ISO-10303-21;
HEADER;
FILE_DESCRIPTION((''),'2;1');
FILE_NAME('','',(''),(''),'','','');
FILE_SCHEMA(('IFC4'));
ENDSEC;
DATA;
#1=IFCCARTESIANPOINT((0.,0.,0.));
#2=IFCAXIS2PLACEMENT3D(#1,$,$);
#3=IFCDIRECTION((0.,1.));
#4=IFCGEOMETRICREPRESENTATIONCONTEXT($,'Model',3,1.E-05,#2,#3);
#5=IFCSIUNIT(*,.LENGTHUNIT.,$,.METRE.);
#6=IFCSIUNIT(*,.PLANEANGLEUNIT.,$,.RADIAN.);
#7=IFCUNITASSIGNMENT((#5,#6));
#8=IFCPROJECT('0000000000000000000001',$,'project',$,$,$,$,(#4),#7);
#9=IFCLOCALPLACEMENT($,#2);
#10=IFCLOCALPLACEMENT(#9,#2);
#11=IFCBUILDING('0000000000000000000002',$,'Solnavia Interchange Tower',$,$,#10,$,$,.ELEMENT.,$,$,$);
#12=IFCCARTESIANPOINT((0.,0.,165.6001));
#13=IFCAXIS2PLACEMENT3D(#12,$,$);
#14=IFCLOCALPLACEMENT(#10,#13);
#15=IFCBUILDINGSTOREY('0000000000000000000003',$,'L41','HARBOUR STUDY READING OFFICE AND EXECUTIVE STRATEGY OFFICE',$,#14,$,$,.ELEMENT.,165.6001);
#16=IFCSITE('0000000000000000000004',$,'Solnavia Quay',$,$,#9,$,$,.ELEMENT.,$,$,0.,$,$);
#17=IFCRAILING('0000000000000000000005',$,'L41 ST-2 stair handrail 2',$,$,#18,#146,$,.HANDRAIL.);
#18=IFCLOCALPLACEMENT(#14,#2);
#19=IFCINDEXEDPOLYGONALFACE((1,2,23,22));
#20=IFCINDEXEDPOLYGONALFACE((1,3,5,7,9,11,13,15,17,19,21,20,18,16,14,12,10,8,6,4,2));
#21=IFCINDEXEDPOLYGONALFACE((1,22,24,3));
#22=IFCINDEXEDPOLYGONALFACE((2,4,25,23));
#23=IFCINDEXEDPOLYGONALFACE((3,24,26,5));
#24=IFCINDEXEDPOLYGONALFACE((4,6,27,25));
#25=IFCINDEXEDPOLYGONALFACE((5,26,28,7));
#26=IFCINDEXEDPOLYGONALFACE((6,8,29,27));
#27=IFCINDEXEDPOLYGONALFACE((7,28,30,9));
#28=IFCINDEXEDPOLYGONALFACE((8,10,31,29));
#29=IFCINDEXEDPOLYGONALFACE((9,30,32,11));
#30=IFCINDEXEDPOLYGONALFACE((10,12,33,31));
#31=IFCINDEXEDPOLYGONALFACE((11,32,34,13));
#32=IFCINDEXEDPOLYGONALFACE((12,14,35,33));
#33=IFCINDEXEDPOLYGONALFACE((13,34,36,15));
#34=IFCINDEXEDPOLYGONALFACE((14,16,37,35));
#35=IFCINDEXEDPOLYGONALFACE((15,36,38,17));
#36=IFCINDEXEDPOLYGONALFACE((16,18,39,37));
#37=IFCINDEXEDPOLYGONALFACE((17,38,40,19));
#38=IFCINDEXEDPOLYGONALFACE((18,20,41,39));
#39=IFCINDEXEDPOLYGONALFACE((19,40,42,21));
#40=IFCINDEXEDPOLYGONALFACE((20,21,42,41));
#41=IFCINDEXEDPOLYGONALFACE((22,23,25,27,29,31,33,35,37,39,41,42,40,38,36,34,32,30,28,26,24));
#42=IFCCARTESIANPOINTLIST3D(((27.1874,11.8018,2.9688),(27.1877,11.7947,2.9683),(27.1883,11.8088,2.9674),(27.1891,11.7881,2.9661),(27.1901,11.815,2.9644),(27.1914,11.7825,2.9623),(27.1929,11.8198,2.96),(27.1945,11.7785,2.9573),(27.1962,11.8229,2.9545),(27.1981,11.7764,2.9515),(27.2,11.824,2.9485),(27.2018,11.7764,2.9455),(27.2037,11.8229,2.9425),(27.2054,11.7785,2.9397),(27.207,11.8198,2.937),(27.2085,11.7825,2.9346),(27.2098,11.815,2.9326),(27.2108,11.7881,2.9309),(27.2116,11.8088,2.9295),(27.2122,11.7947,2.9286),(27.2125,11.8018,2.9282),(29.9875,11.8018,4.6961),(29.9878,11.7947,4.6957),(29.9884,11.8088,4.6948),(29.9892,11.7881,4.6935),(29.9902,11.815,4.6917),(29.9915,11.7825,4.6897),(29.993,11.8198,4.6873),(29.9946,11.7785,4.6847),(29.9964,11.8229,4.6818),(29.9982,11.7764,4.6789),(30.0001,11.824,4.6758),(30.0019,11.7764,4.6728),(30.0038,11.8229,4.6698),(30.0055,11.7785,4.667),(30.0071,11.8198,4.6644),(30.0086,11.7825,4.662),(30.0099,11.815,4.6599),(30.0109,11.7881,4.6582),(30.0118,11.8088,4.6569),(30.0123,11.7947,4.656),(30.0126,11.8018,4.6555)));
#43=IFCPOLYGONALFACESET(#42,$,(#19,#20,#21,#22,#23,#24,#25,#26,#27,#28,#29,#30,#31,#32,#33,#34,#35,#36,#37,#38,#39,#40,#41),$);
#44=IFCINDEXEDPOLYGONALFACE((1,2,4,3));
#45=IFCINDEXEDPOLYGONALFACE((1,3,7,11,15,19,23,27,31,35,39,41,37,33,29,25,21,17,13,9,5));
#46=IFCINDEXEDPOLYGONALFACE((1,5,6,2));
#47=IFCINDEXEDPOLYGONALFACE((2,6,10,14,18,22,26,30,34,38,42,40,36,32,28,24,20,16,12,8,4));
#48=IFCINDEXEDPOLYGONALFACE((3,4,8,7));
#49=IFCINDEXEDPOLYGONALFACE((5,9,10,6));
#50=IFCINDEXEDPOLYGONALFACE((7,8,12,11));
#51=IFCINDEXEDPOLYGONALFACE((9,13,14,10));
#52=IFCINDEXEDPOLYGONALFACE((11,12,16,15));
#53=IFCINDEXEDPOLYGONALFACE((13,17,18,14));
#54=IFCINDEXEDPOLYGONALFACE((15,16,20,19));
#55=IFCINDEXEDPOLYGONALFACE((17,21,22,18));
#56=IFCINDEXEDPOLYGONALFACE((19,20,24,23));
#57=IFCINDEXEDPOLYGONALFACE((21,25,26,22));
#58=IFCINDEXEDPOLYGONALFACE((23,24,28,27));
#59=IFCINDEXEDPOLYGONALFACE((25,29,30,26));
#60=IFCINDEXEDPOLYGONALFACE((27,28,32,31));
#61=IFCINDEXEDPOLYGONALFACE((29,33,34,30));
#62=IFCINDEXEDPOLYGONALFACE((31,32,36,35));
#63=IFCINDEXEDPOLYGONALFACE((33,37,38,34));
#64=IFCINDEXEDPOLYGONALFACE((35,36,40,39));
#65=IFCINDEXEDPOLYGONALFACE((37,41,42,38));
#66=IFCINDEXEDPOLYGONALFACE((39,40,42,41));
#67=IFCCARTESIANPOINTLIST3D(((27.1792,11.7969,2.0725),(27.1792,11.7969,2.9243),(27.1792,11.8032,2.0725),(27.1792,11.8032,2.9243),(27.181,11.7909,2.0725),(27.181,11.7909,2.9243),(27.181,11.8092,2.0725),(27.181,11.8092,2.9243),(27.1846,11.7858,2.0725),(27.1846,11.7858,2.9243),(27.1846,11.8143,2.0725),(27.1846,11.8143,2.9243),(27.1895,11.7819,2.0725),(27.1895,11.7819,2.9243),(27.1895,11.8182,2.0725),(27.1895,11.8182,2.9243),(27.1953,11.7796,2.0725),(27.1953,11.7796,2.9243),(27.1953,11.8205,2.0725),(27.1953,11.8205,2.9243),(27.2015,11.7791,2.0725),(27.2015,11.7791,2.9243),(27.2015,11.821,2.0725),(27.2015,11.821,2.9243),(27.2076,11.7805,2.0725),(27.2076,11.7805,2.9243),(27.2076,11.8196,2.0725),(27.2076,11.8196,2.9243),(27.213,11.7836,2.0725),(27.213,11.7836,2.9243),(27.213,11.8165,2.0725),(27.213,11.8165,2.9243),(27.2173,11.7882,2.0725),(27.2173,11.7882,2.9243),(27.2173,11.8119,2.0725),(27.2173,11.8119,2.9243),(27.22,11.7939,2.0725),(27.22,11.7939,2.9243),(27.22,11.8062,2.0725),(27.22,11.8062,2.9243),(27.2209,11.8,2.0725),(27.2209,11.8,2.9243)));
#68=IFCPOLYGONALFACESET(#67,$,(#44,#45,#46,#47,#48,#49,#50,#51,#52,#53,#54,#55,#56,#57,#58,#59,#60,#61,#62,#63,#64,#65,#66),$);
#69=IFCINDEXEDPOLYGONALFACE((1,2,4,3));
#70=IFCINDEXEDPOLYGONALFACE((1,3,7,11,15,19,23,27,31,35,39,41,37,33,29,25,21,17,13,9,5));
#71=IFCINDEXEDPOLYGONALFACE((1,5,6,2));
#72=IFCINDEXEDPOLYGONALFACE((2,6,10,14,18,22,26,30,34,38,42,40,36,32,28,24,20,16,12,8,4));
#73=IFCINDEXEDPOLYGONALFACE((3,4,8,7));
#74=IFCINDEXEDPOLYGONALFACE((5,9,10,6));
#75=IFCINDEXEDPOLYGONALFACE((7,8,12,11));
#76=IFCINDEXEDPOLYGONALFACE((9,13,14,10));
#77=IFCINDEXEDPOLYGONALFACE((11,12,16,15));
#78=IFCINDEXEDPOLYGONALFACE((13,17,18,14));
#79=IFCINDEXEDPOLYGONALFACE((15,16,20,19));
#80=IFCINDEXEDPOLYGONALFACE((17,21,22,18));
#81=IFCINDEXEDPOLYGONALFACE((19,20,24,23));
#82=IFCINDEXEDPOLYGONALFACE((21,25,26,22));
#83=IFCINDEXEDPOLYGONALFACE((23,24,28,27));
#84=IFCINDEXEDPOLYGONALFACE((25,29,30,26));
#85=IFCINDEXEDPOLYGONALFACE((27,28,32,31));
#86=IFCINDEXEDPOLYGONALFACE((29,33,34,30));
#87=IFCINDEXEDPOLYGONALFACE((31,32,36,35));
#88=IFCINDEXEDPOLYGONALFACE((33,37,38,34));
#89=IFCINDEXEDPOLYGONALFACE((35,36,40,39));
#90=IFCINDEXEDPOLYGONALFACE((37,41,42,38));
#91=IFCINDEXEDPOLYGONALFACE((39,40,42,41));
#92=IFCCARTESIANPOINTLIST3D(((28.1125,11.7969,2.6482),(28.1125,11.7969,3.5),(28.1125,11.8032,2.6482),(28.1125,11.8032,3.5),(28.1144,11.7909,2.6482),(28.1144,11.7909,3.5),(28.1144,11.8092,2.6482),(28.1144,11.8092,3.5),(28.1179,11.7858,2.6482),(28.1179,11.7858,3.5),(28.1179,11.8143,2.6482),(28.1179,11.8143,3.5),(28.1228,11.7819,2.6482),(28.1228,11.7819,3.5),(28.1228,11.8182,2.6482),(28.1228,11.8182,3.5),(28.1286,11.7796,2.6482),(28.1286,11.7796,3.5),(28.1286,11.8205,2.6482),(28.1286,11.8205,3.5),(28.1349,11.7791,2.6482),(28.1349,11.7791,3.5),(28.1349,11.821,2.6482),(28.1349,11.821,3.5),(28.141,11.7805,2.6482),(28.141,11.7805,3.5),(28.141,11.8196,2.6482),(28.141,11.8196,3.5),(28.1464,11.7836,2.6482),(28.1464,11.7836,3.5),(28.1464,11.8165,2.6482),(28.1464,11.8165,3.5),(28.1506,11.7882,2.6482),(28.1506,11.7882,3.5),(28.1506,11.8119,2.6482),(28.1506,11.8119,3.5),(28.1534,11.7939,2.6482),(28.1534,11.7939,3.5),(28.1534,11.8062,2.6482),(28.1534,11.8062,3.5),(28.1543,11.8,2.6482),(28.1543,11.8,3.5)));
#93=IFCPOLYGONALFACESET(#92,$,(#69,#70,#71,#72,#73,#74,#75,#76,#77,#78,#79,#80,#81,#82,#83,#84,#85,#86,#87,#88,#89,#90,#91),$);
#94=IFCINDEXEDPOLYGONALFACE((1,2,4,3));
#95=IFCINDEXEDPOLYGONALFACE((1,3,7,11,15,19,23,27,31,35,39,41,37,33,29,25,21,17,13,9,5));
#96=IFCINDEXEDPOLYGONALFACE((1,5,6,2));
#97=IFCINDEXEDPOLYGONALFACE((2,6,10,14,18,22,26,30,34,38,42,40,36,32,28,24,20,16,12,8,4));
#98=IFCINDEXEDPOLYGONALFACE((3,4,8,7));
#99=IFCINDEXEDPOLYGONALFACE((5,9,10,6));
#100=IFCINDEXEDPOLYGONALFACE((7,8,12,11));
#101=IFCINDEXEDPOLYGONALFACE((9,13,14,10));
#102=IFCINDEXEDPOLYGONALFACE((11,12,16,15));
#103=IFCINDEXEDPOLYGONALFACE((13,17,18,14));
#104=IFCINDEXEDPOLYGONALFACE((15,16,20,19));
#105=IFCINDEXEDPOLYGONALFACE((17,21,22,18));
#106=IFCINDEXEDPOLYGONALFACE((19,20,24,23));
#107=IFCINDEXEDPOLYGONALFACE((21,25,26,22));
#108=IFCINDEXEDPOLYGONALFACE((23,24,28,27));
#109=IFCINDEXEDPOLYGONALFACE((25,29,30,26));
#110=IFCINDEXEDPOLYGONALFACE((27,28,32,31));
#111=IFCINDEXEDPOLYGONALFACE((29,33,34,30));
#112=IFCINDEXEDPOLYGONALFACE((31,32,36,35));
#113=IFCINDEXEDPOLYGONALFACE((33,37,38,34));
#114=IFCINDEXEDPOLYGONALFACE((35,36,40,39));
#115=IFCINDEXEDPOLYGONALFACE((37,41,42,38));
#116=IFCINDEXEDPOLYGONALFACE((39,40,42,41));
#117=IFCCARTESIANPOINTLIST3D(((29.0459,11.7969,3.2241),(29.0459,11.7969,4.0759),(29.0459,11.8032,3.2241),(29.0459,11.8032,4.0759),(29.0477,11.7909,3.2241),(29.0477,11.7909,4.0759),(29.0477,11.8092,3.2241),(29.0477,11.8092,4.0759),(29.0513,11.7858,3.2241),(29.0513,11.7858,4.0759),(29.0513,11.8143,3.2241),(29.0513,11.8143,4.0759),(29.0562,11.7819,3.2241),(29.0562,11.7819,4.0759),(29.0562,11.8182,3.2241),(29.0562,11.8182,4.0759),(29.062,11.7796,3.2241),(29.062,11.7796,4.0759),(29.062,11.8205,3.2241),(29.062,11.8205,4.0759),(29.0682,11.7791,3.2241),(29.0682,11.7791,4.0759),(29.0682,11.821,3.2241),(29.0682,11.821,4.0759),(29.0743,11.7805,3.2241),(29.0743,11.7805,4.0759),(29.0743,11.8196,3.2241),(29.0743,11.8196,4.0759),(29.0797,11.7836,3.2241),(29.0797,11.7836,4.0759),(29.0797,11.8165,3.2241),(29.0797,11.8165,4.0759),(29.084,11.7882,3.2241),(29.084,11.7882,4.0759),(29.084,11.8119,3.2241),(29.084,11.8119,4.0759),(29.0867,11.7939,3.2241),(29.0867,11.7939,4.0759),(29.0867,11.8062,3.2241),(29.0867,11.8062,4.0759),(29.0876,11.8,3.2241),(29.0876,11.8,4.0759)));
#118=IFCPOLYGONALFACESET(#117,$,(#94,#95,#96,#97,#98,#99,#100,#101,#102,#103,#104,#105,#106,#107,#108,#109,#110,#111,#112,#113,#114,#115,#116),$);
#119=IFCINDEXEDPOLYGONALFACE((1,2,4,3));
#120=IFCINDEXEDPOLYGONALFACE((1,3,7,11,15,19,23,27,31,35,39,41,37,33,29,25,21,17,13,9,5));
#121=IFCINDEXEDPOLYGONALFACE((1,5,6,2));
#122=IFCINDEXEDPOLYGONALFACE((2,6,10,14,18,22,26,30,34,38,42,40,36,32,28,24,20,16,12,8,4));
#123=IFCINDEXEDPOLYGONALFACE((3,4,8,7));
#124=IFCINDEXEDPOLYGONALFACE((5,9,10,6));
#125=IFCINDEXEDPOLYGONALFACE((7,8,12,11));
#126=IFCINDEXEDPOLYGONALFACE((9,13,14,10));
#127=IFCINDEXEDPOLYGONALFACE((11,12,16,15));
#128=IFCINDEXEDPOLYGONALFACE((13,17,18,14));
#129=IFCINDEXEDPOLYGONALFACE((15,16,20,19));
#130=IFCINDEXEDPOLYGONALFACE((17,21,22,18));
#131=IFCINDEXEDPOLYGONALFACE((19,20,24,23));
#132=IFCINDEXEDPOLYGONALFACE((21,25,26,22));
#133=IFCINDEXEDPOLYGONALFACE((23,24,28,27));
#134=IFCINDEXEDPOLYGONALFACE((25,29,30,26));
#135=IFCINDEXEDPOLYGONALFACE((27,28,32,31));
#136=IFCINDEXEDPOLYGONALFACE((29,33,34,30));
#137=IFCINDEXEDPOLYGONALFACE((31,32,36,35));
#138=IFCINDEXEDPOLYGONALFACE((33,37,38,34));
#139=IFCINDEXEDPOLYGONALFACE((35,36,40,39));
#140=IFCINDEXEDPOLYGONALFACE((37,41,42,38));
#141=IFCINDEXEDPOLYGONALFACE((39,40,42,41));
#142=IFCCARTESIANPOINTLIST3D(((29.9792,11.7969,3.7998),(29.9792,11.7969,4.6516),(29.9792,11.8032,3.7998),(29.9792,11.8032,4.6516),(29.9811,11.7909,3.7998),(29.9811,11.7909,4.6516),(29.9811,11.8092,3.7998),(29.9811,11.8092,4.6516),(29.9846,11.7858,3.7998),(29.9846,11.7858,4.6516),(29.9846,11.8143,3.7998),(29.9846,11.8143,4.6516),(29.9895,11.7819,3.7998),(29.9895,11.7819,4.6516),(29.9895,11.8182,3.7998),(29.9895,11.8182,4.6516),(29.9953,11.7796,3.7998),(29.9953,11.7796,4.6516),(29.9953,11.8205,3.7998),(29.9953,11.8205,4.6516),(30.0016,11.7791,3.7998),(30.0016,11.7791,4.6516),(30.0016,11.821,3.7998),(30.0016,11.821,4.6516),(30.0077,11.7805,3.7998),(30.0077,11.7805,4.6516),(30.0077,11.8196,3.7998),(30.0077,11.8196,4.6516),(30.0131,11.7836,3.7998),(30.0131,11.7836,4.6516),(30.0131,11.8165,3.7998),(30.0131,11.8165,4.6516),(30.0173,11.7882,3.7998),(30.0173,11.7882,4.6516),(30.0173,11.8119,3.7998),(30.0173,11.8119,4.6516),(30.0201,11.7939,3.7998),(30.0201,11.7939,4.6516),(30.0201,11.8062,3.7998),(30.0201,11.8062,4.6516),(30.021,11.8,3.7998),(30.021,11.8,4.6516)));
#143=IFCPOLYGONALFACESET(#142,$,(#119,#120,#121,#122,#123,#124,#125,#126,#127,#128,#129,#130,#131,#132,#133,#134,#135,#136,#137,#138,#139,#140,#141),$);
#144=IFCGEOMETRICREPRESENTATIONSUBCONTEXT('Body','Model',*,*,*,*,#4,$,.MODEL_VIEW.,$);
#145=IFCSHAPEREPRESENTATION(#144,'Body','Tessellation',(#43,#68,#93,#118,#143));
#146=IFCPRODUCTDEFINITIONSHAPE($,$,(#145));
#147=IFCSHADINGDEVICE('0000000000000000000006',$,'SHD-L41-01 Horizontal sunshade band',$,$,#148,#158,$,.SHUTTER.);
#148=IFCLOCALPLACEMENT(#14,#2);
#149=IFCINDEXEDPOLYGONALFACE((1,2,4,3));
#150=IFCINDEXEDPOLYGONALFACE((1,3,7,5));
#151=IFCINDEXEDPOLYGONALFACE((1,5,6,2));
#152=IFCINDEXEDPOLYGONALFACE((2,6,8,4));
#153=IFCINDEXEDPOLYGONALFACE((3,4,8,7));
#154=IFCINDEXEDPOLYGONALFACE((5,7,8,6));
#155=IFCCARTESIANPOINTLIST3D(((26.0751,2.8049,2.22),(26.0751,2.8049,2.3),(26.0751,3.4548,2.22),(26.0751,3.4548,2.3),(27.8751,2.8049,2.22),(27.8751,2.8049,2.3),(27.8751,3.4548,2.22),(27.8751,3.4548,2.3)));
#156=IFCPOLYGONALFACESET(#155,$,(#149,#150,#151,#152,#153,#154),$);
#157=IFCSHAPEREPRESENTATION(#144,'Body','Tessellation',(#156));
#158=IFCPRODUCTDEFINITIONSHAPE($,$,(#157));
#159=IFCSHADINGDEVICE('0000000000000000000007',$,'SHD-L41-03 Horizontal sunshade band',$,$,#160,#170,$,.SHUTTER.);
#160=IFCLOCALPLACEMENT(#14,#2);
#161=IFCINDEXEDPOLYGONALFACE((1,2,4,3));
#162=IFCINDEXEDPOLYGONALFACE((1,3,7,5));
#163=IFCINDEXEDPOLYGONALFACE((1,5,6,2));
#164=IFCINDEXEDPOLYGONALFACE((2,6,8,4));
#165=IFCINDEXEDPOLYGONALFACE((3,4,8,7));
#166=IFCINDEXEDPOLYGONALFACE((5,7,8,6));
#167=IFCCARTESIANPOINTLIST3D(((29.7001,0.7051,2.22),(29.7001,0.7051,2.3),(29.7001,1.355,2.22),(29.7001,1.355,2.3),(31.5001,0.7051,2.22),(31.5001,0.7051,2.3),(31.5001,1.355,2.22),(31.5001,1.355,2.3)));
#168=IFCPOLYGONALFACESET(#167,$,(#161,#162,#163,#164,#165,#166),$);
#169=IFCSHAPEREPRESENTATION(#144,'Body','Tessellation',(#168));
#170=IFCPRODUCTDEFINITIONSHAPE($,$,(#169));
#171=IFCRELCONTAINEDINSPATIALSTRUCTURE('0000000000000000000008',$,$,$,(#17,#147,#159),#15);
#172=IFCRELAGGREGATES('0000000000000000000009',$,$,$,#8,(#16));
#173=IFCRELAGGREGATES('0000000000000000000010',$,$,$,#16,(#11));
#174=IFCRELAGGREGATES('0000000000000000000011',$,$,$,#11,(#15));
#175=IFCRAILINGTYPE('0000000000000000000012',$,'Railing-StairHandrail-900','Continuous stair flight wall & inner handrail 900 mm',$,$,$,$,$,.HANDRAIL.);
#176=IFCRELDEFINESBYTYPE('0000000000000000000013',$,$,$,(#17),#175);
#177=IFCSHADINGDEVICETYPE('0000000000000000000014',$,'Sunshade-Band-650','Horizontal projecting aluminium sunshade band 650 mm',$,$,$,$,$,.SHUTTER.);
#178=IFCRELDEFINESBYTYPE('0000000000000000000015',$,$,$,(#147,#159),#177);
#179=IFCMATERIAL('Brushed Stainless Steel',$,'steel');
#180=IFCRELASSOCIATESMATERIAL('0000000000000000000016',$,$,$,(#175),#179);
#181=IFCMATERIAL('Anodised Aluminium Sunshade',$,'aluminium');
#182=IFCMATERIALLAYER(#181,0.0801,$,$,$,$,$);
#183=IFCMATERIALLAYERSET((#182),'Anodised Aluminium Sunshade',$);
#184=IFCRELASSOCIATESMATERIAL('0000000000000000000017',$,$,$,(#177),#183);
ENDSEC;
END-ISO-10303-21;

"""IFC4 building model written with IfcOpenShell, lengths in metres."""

from ifc_helpers import new_model, si_unit, direction, frame, origin, origin_2d, place, context, subcontext, project, spatial, rectangle, circle, extrude, material, layer, layer_set, type_object, element, save


model = new_model("IFC4")

# Units and contexts
model_context = context("Model", 3, precision=1e-05, world=origin(), true_north=direction((0.0, 1.0)))
body_context = subcontext(model_context, "Body", "Model", "MODEL_VIEW")
ifc_project = project(units=[si_unit("LENGTHUNIT", "METRE"), si_unit("PLANEANGLEUNIT", "RADIAN")], contexts=[model_context])

# Site, building, storey
site_placement = place(None, origin())
site = spatial("IfcSite", under=ifc_project, at=site_placement, Name="Solnavia Quay", CompositionType="ELEMENT", RefElevation=0.0)
building_placement = place(site_placement, origin())
building = spatial("IfcBuilding", under=site, at=building_placement, Name="Solnavia Interchange Tower", CompositionType="ELEMENT")
storey_placement = place(building_placement, frame((0.0, 0.0, 165.6001)))
storey = spatial("IfcBuildingStorey", under=building, at=storey_placement, Name="L41", Description="HARBOUR STUDY READING OFFICE AND EXECUTIVE STRATEGY OFFICE", CompositionType="ELEMENT", Elevation=165.6001)

# Railing
ifc_material_1 = material(Name="Brushed Stainless Steel", Category="steel")
railing_type_1 = type_object("IfcRailingType", Name="Railing-StairHandrail-900", Description="Continuous stair flight wall & inner handrail 900 mm", PredefinedType="HANDRAIL", material=ifc_material_1)
railing_1_placement = place(storey_placement, frame((27.2, 11.8, 2.0725)))
element("IfcRailing", 1, at=railing_1_placement, inside=storey, type_object=railing_type_1, Name="L41 ST-2 stair handrail 2", PredefinedType="HANDRAIL", context=body_context, shape_type="SweptSolid", body=[
    extrude(circle(Radius=0.0239, at=origin_2d()), frame((0.0, 0.0, 0.876), z_axis=(0.85109, 0.0, 0.52502), x_axis=(0.0, 1.0, 0.0)), (0.0, 0.0, 1.0), 3.29),
    extrude(circle(Radius=0.021, at=origin_2d()), origin(), (0.0, 0.0, 1.0), 0.8518),
    extrude(circle(Radius=0.021, at=origin_2d()), frame((0.9333, 0.0, 0.5757)), (0.0, 0.0, 1.0), 0.8518),
    extrude(circle(Radius=0.021, at=origin_2d()), frame((1.8667, 0.0, 1.1516)), (0.0, 0.0, 1.0), 0.8518),
    extrude(circle(Radius=0.021, at=origin_2d()), frame((2.8, 0.0, 1.7273)), (0.0, 0.0, 1.0), 0.8518),
])

# Shading devices
ifc_material_2 = material(Name="Anodised Aluminium Sunshade", Category="aluminium")
ifc_layer_1 = layer(ifc_material_2, 0.0801)
ifc_layer_set_1 = layer_set([ifc_layer_1], Name="Anodised Aluminium Sunshade")
shading_device_type = type_object("IfcShadingDeviceType", Name="Sunshade-Band-650", Description="Horizontal projecting aluminium sunshade band 650 mm", PredefinedType="SHUTTER", material=ifc_layer_set_1)
for number, where, z_axis, x_axis, name in (
    (2, (26.9751, 3.1299, 2.22), (0.0, 0.0, 1.0), (-1.0, 0.0, 0.0), "SHD-L41-01 Horizontal sunshade band"),
    (3, (30.6001, 1.03, 2.22), (0.0, 0.0, 1.0), (-1.0, 0.0, 0.0), "SHD-L41-03 Horizontal sunshade band"),
):
    element("IfcShadingDevice", number, at=place(storey_placement, frame(where, z_axis=z_axis, x_axis=x_axis)), inside=storey, type_object=shading_device_type, Name=name, PredefinedType="SHUTTER", context=body_context, shape_type="SweptSolid", body=[
        extrude(rectangle(XDim=1.8, YDim=0.6499, at=origin_2d()), origin(), (0.0, 0.0, 1.0), 0.0801),
    ])

save(model, "model.ifc")
